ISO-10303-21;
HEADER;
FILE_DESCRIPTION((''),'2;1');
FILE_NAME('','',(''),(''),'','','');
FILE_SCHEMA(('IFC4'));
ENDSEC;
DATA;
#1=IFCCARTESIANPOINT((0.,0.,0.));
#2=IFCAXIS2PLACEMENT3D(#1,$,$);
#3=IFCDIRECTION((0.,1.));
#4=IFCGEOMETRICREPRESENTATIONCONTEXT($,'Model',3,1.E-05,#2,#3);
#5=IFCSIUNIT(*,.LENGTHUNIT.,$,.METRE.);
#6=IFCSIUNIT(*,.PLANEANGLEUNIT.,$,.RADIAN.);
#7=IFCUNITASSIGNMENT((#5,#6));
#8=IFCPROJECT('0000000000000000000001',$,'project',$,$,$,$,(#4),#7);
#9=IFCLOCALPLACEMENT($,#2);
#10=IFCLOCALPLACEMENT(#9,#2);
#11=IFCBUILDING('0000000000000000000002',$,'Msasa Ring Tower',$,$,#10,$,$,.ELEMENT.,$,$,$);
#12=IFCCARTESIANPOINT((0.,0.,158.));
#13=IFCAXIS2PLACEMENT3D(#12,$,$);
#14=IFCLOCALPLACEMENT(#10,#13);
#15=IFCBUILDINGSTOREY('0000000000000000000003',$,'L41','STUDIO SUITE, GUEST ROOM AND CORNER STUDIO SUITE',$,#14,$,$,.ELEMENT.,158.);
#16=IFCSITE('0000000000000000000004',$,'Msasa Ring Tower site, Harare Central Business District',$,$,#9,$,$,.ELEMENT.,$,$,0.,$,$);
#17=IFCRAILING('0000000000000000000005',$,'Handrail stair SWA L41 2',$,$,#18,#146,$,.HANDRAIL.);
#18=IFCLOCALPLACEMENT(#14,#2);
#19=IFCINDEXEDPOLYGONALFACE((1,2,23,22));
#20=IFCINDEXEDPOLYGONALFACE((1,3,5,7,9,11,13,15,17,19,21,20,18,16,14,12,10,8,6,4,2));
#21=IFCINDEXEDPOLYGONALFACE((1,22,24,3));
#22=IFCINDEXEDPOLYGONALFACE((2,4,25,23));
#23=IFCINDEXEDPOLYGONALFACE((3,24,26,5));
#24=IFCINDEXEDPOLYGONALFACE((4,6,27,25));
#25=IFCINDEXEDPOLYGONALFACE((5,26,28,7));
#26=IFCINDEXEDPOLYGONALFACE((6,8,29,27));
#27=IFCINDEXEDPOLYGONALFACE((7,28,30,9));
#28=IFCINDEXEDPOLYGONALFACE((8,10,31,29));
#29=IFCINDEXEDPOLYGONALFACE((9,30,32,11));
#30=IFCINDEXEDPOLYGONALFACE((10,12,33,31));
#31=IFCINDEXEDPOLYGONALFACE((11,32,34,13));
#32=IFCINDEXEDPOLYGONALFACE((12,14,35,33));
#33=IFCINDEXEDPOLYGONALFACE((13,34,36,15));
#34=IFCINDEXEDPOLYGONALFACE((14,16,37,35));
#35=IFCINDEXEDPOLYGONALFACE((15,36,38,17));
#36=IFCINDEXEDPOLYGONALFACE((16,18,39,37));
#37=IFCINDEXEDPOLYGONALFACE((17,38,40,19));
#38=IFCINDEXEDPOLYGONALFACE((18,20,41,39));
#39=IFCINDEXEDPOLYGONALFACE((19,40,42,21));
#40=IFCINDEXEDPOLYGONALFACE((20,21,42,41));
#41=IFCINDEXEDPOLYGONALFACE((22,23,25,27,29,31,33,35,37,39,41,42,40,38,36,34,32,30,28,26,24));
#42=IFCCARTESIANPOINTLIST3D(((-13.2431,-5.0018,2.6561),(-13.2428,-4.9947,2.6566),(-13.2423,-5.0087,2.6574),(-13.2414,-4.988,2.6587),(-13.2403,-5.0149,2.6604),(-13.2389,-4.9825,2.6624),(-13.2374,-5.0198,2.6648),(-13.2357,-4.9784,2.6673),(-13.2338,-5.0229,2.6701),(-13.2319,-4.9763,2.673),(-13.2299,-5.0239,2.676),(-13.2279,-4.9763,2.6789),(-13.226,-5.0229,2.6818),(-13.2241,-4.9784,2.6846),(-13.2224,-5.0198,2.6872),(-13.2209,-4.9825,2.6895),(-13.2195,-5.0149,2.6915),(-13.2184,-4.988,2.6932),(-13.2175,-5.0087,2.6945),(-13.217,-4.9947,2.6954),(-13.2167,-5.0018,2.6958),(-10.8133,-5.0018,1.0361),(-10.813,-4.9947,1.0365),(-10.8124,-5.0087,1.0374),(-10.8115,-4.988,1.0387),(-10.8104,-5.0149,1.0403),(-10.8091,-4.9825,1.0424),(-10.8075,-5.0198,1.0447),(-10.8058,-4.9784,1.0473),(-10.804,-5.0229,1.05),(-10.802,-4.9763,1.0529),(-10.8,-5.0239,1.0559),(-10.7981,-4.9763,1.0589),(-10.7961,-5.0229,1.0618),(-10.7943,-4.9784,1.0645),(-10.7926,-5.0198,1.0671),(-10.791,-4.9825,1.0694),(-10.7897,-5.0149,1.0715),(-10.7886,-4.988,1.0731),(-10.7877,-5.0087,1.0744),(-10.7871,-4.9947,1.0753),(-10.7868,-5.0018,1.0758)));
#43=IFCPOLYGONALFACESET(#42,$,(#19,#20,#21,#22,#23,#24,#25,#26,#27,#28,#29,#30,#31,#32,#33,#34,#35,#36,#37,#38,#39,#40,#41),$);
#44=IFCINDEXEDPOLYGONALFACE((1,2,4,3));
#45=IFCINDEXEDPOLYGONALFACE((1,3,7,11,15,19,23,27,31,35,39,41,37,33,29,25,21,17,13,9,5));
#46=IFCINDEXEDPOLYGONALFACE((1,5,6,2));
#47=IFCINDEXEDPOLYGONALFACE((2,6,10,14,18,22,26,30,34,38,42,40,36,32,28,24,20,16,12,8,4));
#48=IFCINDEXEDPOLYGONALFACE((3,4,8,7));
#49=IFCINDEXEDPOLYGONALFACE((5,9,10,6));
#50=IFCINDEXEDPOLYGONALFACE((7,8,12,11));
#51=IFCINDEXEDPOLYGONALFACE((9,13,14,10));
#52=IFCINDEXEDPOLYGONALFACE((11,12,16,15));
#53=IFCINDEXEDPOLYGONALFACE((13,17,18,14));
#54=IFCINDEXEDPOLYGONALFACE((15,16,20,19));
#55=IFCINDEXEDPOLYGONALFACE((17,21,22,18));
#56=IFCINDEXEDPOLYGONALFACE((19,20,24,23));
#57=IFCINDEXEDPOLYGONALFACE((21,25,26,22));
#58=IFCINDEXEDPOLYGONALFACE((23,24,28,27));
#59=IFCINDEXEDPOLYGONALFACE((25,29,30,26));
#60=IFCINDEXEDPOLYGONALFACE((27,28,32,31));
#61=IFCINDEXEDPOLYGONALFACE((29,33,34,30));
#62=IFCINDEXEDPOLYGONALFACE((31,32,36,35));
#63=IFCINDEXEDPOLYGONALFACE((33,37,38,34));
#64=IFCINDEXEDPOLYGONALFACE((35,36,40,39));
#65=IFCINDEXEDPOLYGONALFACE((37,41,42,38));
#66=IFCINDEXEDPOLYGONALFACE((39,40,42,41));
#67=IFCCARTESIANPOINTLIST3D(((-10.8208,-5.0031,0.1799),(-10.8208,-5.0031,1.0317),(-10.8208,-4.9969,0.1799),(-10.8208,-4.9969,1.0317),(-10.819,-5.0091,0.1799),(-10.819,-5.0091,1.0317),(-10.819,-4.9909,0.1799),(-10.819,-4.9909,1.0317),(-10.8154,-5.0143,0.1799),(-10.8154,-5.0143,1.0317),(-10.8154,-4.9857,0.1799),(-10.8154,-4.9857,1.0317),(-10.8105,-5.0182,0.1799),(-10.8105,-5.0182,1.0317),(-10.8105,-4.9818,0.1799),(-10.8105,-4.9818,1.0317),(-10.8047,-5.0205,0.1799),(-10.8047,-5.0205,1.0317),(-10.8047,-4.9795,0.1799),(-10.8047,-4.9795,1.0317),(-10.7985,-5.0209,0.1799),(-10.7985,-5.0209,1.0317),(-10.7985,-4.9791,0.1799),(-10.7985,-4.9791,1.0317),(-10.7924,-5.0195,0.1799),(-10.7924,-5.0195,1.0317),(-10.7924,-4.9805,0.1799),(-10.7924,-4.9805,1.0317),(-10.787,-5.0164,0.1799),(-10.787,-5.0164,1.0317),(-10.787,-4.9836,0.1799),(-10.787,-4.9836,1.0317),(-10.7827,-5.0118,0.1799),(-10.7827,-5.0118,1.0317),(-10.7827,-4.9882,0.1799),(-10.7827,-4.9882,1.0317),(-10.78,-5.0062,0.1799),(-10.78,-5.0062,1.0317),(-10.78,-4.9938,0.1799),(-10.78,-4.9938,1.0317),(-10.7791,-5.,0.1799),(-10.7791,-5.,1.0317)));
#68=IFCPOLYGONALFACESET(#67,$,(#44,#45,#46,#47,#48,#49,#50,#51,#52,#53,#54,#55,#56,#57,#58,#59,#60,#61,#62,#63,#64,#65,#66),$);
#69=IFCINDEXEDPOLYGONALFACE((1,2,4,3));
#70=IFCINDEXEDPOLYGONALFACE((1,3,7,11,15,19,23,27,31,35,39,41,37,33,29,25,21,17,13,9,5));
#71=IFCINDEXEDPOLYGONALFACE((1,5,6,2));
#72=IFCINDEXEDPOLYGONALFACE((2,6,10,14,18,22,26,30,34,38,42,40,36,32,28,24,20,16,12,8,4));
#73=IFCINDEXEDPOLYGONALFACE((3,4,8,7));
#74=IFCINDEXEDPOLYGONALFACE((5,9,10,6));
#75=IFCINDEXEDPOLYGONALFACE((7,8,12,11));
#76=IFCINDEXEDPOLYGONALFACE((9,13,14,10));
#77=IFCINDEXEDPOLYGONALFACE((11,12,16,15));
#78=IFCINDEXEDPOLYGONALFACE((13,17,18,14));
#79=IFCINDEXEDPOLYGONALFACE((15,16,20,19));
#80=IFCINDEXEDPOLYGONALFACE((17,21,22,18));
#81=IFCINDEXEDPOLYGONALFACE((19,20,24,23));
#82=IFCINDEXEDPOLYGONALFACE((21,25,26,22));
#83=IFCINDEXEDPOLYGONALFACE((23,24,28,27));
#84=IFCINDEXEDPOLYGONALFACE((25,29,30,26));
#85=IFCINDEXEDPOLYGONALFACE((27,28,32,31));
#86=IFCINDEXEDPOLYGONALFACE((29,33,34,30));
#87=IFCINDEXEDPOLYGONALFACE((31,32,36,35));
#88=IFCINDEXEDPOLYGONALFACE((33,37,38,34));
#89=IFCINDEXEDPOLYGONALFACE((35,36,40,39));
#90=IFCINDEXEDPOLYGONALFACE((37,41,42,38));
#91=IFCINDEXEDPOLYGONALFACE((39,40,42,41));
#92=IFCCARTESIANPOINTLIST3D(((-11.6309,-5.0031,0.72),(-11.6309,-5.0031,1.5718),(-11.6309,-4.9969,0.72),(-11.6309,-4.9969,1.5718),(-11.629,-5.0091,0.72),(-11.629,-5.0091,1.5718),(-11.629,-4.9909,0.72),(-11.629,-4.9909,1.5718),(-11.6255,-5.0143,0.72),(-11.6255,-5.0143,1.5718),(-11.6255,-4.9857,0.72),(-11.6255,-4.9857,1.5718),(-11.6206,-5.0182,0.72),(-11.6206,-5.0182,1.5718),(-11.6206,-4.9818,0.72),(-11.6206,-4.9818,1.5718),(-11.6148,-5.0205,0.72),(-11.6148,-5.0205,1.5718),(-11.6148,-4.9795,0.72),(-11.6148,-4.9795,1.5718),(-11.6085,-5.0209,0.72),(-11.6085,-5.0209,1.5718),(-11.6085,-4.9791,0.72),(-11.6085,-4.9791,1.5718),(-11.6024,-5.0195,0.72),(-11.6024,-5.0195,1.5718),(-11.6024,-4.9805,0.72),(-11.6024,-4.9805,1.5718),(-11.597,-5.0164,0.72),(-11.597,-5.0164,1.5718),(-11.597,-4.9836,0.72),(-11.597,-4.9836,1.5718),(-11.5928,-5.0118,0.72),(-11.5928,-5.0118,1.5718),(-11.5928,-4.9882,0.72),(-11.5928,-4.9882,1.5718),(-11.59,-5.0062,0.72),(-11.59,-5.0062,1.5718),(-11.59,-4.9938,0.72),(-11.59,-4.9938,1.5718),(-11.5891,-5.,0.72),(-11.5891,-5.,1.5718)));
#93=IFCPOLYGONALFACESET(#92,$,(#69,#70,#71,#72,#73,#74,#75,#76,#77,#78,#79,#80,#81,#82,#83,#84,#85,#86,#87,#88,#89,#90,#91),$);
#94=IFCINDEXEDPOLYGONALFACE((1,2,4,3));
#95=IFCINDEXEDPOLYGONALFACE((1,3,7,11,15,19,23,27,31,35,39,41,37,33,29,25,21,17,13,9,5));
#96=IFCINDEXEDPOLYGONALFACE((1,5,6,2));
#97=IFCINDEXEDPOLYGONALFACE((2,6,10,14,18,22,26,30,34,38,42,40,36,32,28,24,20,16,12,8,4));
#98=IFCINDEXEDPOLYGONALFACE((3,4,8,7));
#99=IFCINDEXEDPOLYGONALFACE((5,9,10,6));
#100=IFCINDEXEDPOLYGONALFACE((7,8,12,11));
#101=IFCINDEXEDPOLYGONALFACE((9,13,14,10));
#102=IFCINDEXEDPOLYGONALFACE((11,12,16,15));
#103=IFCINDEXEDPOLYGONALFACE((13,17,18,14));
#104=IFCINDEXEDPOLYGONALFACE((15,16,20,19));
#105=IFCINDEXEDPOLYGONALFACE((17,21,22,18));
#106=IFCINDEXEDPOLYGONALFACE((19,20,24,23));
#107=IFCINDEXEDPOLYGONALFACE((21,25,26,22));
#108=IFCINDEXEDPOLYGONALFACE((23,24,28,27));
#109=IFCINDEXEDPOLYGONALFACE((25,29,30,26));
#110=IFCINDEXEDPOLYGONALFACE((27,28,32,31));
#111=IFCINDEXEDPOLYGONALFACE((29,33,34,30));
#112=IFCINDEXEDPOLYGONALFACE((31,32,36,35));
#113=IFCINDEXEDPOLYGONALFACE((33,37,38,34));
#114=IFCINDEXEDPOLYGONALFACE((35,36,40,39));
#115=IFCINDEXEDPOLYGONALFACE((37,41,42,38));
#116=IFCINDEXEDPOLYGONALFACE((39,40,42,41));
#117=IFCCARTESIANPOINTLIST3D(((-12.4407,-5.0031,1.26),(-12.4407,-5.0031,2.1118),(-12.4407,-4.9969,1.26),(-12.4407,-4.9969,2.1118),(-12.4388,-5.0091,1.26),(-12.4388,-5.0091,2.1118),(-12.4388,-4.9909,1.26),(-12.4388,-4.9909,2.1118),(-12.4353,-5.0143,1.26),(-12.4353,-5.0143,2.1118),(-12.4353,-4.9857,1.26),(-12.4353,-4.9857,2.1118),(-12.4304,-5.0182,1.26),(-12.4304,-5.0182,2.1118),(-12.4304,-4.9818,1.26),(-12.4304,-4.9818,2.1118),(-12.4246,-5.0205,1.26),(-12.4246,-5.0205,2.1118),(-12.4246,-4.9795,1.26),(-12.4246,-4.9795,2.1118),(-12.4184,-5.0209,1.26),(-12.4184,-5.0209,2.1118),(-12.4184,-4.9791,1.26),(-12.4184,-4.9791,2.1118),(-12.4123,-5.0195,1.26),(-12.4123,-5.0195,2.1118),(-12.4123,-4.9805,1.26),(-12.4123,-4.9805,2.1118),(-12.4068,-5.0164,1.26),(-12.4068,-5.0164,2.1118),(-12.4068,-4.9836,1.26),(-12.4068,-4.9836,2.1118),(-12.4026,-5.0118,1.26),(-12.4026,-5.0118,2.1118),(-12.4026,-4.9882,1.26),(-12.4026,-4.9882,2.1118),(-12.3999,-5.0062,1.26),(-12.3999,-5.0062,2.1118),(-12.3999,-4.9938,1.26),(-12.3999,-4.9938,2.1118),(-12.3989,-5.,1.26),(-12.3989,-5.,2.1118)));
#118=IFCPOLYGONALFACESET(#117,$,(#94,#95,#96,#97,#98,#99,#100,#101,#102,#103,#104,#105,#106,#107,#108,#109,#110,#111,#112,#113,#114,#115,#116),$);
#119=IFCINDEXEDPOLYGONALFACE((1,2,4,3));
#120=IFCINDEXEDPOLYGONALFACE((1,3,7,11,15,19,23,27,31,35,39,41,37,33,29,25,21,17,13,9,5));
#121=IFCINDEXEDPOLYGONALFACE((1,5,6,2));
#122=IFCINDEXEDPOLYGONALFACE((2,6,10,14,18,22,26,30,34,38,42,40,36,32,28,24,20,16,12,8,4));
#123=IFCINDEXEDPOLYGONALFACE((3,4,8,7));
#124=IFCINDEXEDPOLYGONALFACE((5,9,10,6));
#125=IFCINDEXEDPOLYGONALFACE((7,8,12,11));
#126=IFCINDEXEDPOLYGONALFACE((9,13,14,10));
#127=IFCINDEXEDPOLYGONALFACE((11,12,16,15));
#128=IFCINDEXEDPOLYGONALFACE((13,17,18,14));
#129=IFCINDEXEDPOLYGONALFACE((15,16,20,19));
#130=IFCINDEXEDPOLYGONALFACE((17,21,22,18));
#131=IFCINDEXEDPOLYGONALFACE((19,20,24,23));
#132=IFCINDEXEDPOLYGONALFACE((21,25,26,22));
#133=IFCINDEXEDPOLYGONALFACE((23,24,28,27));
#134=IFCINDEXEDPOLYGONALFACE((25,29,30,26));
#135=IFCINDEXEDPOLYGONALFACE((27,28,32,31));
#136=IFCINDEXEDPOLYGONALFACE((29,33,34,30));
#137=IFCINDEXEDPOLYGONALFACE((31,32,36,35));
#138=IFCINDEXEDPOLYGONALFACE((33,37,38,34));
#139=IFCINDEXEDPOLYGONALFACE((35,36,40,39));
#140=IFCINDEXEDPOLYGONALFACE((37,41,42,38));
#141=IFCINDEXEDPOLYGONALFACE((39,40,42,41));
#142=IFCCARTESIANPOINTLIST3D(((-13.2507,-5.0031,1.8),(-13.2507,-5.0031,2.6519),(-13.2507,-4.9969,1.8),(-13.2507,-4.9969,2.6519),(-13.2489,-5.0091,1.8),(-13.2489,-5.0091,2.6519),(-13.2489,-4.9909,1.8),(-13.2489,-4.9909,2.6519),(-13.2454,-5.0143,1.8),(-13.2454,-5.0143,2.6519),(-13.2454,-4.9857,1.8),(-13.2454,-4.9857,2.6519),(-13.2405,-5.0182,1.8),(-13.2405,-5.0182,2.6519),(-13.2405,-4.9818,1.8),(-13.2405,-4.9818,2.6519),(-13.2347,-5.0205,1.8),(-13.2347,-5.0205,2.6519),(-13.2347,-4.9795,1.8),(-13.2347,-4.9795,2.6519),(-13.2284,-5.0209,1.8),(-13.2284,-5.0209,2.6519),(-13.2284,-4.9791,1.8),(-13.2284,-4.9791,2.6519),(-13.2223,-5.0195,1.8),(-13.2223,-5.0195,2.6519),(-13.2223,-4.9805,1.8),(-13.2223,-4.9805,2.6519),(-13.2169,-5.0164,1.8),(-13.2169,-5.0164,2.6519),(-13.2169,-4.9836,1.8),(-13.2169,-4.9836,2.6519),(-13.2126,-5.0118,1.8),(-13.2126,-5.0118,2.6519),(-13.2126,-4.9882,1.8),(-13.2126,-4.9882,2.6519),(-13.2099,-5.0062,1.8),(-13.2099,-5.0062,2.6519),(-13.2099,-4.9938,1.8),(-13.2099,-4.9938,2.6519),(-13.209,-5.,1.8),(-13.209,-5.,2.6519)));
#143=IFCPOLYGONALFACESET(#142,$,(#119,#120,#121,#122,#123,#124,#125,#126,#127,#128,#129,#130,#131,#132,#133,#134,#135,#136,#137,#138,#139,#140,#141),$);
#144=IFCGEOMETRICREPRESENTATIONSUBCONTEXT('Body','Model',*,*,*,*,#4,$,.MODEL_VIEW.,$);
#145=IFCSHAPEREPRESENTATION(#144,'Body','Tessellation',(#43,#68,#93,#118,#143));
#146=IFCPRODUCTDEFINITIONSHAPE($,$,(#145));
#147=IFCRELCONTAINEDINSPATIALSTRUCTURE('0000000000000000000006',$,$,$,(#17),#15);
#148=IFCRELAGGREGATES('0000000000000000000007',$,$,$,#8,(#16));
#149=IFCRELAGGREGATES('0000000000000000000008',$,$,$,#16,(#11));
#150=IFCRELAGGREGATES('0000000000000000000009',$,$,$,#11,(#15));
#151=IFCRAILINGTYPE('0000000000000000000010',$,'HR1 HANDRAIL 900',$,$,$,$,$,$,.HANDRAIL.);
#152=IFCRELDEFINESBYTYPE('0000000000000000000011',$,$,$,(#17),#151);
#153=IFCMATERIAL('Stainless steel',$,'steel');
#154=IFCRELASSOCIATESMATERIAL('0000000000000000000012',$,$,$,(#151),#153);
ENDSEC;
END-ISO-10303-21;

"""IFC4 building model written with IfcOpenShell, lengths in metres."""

from ifc_helpers import new_model, si_unit, direction, frame, origin, origin_2d, place, context, subcontext, project, spatial, circle, extrude, material, type_object, element, save


model = new_model("IFC4")

# Units and contexts
model_context = context("Model", 3, precision=1e-05, world=origin(), true_north=direction((0.0, 1.0)))
body_context = subcontext(model_context, "Body", "Model", "MODEL_VIEW")
ifc_project = project(units=[si_unit("LENGTHUNIT", "METRE"), si_unit("PLANEANGLEUNIT", "RADIAN")], contexts=[model_context])

# Site, building, storey
site_placement = place(None, origin())
site = spatial("IfcSite", under=ifc_project, at=site_placement, Name="Msasa Ring Tower site, Harare Central Business District", CompositionType="ELEMENT", RefElevation=0.0)
building_placement = place(site_placement, origin())
building = spatial("IfcBuilding", under=site, at=building_placement, Name="Msasa Ring Tower", CompositionType="ELEMENT")
storey_placement = place(building_placement, frame((0.0, 0.0, 158.0)))
storey = spatial("IfcBuildingStorey", under=building, at=storey_placement, Name="L41", Description="STUDIO SUITE, GUEST ROOM AND CORNER STUDIO SUITE", CompositionType="ELEMENT", Elevation=158.0)

# Railing
ifc_material_1 = material(Name="Stainless steel", Category="steel")
railing_type = type_object("IfcRailingType", Name="HR1 HANDRAIL 900", PredefinedType="HANDRAIL", material=ifc_material_1)
for number, where, name in (
    (1, (-10.8, -5.0, 0.1799), "Handrail stair SWA L41 2"),
):
    element("IfcRailing", number, at=place(storey_placement, frame(where)), inside=storey, type_object=railing_type, Name=name, PredefinedType="HANDRAIL", context=body_context, shape_type="SweptSolid", body=[
        extrude(circle(Radius=0.0239, at=origin_2d()), frame((0.0, 0.0, 0.876), z_axis=(-0.832025, 0.0, 0.554739), x_axis=(0.0, -1.0, 0.0)), (0.0, 0.0, 1.0), 2.9204),
        extrude(circle(Radius=0.021, at=origin_2d()), origin(), (0.0, 0.0, 1.0), 0.8518),
        extrude(circle(Radius=0.021, at=origin_2d()), frame((-0.8101, 0.0, 0.54)), (0.0, 0.0, 1.0), 0.8518),
        extrude(circle(Radius=0.021, at=origin_2d()), frame((-1.6199, 0.0, 1.0801)), (0.0, 0.0, 1.0), 0.8518),
        extrude(circle(Radius=0.021, at=origin_2d()), frame((-2.4299, 0.0, 1.6201)), (0.0, 0.0, 1.0), 0.8518),
    ])

save(model, "model.ifc")
